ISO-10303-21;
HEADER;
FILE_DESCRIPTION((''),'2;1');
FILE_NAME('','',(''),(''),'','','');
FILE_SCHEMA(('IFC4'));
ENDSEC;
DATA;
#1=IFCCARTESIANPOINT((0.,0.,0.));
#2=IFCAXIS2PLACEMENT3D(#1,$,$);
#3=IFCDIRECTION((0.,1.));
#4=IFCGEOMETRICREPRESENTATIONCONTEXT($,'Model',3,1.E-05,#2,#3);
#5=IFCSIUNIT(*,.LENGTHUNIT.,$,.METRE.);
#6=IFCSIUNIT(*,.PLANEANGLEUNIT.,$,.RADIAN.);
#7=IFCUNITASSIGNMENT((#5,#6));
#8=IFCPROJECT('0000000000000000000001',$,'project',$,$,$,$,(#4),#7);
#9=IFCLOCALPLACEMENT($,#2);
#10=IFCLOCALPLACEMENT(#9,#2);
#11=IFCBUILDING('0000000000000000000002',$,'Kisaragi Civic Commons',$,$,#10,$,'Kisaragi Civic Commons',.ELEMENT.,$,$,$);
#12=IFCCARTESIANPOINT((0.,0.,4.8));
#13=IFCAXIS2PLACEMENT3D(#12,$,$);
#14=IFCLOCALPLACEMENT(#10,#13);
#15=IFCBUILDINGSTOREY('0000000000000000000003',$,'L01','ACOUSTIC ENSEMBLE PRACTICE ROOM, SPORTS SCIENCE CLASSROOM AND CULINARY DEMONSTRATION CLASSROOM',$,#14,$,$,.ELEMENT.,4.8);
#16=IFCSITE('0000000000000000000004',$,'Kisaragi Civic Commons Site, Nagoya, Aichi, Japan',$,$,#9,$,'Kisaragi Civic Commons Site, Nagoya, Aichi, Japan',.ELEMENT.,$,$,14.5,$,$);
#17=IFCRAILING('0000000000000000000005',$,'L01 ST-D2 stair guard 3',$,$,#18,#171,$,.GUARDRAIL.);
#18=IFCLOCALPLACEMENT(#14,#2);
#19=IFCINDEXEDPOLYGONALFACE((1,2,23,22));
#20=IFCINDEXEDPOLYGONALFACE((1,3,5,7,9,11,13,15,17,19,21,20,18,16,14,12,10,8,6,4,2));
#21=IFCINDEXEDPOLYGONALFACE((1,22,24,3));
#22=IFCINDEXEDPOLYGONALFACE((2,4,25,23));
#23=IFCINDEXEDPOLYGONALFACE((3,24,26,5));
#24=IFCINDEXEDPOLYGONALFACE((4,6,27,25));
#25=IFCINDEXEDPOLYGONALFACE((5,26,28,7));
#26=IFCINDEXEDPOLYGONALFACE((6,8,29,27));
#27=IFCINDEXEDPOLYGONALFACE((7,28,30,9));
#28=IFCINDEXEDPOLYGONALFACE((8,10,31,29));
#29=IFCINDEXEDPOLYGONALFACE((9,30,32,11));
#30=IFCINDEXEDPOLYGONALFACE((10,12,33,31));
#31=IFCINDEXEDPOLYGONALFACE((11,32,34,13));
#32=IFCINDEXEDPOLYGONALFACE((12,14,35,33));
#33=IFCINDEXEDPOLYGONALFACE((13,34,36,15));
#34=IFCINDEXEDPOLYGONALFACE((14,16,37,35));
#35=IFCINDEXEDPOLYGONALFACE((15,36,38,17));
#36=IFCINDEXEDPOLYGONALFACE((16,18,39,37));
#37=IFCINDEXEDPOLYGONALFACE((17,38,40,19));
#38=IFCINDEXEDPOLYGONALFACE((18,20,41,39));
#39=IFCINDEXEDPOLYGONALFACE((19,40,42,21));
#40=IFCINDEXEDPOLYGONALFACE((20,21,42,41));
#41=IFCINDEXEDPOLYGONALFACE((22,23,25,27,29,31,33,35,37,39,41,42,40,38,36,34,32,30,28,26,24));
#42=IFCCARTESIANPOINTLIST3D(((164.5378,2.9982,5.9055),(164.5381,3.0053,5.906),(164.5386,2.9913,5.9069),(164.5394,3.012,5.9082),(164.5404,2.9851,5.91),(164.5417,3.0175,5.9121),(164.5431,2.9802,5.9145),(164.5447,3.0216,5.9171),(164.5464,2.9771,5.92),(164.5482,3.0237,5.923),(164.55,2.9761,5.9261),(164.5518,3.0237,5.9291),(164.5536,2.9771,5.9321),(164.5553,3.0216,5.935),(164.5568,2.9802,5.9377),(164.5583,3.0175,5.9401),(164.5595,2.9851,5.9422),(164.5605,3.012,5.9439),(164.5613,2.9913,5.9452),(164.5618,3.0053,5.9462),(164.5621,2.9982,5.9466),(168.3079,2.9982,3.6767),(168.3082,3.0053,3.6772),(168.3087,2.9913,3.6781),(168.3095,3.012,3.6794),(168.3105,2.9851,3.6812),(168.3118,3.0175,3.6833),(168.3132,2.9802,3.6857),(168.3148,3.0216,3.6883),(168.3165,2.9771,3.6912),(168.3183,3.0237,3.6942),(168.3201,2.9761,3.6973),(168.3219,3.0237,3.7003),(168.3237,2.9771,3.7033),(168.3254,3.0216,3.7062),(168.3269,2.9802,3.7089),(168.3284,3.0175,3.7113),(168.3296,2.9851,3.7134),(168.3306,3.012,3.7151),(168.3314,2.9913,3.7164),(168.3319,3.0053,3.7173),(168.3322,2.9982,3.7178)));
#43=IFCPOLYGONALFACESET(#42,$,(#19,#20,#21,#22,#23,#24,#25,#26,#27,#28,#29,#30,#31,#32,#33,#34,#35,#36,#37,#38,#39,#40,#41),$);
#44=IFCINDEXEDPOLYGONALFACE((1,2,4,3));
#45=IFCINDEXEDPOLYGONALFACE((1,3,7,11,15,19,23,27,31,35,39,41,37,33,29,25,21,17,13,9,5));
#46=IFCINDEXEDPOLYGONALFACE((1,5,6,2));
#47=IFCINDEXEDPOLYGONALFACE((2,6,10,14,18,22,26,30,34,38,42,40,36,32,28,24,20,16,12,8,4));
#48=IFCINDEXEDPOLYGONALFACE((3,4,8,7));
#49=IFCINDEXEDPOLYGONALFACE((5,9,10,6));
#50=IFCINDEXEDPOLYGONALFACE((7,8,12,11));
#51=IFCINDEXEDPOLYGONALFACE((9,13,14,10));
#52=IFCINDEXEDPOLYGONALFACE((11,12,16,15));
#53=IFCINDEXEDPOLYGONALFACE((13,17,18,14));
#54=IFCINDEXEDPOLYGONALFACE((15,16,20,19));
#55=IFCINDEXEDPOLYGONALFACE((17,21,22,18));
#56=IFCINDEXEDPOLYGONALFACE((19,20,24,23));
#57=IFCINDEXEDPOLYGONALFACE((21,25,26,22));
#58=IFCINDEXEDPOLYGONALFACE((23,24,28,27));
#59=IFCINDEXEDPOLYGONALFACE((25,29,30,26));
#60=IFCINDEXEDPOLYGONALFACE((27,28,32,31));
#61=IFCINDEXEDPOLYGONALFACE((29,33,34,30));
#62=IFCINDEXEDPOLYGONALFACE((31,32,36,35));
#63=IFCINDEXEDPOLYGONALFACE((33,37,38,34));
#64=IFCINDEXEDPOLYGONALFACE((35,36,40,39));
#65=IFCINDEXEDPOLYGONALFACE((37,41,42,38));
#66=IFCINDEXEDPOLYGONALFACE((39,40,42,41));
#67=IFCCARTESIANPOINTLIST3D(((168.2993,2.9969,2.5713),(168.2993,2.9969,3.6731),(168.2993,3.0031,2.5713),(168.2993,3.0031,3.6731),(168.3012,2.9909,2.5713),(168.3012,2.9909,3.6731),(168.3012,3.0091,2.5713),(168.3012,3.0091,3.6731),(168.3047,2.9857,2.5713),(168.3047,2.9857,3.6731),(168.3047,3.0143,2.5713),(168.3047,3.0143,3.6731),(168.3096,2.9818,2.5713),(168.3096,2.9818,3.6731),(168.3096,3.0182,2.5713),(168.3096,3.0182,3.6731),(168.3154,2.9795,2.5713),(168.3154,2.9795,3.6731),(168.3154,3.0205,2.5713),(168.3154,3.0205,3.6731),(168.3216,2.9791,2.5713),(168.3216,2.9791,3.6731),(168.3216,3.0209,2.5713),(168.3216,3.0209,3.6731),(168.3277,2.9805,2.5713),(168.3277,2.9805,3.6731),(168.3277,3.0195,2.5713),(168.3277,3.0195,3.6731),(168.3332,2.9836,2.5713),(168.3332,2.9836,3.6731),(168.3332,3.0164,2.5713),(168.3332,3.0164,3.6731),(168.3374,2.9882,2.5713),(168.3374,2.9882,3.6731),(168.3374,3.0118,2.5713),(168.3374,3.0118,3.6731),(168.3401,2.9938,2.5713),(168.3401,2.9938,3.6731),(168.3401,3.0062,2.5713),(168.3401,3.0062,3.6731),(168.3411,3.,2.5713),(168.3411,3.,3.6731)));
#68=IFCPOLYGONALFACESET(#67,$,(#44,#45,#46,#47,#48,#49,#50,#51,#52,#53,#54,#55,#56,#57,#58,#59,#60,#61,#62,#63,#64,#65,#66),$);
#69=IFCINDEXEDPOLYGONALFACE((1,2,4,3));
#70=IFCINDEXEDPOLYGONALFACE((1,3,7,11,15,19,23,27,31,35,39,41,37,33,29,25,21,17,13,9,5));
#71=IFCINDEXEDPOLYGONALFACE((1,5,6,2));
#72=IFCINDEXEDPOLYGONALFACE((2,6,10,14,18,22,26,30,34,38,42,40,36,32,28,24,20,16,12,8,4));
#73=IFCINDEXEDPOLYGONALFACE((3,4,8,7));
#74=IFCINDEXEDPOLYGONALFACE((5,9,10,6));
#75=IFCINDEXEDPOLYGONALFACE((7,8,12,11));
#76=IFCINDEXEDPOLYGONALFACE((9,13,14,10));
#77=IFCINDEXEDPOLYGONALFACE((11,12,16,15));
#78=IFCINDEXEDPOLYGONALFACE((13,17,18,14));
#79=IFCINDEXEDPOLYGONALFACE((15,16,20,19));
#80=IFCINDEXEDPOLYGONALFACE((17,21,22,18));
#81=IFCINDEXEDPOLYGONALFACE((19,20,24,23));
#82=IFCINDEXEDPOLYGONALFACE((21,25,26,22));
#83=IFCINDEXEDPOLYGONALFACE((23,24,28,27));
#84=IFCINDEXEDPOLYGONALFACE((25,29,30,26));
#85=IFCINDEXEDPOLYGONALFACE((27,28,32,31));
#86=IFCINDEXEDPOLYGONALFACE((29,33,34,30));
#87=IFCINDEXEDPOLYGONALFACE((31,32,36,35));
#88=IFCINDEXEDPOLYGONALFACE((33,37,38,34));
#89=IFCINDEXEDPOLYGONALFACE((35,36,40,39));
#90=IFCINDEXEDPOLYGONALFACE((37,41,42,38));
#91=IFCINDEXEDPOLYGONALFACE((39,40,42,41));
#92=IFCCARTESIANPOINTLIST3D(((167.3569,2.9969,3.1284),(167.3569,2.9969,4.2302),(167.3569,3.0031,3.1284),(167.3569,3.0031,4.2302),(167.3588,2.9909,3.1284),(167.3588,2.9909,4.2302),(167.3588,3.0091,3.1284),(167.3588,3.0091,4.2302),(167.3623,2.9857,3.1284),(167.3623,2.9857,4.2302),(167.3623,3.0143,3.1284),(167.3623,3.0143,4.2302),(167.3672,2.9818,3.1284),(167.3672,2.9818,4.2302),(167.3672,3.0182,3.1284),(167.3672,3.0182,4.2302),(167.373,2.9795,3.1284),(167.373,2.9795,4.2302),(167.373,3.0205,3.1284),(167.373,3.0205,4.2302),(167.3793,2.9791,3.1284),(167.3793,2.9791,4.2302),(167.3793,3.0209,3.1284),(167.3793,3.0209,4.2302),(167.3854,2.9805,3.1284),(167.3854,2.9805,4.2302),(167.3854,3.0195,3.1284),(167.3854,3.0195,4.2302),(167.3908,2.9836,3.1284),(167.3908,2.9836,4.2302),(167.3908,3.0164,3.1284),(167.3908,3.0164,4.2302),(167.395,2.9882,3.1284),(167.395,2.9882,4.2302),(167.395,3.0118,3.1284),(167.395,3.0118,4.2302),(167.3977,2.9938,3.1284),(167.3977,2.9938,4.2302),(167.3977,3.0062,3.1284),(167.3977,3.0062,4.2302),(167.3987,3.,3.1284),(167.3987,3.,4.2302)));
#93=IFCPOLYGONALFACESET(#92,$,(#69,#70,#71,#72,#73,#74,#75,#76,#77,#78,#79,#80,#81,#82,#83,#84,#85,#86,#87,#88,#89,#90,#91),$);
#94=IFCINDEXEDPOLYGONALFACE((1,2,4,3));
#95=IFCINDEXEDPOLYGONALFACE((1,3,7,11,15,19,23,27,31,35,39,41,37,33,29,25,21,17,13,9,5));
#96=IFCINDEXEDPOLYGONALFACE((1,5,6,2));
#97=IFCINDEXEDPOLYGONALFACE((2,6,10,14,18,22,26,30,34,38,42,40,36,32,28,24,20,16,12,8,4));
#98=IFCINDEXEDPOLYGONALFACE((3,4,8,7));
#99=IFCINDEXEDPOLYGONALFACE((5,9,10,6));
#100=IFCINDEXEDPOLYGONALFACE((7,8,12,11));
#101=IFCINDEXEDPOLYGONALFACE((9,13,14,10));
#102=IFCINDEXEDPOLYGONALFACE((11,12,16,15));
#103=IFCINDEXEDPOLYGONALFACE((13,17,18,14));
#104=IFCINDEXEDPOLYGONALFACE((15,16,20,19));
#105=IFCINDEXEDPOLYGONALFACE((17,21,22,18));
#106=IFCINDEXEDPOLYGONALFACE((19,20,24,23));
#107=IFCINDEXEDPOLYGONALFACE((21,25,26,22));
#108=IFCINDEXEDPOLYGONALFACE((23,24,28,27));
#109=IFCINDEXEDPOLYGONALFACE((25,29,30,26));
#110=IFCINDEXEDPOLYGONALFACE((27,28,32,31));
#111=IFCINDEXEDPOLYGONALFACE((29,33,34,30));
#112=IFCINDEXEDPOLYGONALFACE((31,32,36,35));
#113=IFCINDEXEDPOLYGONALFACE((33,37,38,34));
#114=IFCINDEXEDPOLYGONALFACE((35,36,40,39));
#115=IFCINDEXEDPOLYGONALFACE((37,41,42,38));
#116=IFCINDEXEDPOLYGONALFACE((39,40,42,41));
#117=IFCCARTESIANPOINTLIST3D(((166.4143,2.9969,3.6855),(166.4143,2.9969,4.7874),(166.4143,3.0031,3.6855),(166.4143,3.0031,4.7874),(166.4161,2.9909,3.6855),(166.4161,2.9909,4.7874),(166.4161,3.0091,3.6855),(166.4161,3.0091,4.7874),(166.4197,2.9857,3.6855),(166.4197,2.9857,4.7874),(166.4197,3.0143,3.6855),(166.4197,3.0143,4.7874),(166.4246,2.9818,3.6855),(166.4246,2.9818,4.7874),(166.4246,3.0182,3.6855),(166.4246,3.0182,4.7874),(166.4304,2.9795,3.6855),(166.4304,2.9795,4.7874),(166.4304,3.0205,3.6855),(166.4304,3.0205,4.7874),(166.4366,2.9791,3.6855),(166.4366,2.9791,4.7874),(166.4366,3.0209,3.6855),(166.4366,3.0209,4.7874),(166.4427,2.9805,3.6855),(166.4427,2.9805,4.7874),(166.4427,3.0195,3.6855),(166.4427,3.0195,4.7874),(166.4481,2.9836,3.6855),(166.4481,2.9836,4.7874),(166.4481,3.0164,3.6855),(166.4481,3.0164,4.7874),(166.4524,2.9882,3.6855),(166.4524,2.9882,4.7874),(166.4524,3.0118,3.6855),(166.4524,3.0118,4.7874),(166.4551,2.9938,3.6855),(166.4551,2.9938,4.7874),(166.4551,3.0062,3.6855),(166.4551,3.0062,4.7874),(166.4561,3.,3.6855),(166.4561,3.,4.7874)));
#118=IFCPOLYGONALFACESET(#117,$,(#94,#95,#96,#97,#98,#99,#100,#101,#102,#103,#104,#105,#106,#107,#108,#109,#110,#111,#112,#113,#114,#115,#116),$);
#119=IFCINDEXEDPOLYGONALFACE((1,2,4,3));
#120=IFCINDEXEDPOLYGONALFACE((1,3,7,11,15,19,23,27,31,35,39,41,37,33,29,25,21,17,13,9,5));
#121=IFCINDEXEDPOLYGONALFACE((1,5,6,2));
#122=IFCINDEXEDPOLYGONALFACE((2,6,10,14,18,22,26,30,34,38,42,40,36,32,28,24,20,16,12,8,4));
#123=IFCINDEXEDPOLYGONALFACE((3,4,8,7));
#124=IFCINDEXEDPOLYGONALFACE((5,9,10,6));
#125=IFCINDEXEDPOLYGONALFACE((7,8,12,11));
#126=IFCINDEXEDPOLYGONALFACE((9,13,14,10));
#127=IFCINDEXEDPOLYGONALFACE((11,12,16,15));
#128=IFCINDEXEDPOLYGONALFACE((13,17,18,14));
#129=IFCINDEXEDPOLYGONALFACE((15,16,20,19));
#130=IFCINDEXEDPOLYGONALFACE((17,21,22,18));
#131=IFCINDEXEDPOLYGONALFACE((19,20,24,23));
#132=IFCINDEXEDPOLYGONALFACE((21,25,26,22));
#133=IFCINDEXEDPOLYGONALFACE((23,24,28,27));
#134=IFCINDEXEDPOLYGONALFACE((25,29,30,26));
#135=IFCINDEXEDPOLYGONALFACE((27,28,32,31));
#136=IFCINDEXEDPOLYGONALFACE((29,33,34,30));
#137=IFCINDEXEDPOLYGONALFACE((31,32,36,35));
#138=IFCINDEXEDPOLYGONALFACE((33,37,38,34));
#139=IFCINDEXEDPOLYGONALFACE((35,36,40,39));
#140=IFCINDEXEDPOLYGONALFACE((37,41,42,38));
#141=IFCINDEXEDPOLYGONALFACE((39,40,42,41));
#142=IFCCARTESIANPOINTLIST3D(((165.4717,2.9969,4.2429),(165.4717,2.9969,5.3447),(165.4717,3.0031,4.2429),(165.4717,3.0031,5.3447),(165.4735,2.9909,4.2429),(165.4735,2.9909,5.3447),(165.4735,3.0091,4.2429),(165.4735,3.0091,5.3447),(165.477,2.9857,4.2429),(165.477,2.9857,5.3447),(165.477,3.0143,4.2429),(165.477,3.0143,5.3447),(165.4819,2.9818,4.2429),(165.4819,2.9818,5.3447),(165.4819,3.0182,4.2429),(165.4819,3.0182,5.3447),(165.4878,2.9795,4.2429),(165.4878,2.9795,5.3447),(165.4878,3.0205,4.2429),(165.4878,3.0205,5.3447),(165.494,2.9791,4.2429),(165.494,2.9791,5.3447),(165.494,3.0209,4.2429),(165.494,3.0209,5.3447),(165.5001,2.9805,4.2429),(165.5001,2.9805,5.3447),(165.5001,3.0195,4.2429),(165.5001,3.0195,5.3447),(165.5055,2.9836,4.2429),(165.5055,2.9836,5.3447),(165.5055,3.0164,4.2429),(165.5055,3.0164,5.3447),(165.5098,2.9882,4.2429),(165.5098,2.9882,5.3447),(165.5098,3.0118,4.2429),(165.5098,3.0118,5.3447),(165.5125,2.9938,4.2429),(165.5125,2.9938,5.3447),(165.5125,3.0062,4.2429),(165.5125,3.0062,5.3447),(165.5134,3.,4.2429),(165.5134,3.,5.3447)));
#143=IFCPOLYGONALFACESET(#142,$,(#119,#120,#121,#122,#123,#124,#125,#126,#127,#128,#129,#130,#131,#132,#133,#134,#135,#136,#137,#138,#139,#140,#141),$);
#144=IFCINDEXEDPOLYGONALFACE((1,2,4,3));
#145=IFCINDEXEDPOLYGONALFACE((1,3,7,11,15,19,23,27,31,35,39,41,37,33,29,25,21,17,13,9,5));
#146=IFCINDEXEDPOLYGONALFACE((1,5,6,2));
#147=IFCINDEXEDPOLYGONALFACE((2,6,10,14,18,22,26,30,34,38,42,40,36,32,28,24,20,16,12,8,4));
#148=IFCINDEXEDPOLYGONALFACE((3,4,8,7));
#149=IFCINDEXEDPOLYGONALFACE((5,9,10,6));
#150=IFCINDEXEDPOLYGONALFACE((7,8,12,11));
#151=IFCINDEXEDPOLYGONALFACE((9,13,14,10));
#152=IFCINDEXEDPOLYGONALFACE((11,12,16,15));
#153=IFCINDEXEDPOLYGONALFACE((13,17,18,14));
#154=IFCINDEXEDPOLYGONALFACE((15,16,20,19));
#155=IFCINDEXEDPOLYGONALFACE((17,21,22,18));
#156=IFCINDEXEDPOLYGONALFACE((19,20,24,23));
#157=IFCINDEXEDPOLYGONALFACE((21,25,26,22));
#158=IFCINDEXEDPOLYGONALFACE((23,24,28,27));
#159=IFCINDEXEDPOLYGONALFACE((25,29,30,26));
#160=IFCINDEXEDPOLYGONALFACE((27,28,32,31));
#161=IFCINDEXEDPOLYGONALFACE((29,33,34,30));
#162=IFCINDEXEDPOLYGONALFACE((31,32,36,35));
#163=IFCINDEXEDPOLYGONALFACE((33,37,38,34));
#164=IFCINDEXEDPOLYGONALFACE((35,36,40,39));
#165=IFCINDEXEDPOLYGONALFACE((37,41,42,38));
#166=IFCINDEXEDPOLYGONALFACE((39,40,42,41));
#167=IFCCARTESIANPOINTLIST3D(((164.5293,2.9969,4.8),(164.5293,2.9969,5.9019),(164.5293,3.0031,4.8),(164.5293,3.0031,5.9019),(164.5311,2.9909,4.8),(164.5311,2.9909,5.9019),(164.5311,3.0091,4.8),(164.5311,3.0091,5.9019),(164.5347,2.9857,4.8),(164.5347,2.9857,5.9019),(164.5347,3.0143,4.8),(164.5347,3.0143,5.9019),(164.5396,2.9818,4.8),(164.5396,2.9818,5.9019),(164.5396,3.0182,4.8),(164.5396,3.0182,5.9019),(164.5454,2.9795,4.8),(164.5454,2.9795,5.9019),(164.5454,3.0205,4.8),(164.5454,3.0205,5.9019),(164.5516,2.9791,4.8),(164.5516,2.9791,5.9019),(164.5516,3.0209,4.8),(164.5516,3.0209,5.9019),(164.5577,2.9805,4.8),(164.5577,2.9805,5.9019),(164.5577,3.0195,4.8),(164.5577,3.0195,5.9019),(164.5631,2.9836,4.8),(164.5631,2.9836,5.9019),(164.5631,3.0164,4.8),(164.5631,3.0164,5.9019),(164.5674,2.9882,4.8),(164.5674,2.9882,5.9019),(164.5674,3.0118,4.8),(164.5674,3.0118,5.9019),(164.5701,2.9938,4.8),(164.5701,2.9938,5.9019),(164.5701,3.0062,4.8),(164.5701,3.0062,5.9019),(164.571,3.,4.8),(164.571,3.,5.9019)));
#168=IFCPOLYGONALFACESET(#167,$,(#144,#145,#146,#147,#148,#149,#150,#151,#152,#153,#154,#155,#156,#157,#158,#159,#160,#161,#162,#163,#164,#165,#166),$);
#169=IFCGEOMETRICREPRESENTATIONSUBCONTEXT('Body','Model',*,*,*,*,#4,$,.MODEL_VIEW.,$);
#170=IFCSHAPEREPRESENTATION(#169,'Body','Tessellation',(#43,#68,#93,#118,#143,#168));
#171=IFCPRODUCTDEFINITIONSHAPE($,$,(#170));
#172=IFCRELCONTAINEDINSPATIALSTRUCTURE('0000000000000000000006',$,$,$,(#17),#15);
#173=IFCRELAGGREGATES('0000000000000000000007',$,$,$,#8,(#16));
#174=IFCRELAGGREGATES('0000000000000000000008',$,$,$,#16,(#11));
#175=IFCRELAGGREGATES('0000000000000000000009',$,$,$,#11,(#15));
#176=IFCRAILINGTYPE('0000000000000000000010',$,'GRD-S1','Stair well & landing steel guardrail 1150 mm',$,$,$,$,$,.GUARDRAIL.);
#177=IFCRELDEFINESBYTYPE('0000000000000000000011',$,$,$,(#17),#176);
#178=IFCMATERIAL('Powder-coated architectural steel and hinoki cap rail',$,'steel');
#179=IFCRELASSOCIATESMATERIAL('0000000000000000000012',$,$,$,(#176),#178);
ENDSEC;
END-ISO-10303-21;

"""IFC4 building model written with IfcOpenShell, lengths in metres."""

from ifc_helpers import new_model, si_unit, direction, frame, origin, origin_2d, place, context, subcontext, project, spatial, circle, extrude, material, type_object, element, save


model = new_model("IFC4")

# Units and contexts
model_context = context("Model", 3, precision=1e-05, world=origin(), true_north=direction((0.0, 1.0)))
body_context = subcontext(model_context, "Body", "Model", "MODEL_VIEW")
ifc_project = project(units=[si_unit("LENGTHUNIT", "METRE"), si_unit("PLANEANGLEUNIT", "RADIAN")], contexts=[model_context])

# Site, building, storey
site_placement = place(None, origin())
site = spatial("IfcSite", under=ifc_project, at=site_placement, Name="Kisaragi Civic Commons Site, Nagoya, Aichi, Japan", LongName="Kisaragi Civic Commons Site, Nagoya, Aichi, Japan", CompositionType="ELEMENT", RefElevation=14.5)
building_placement = place(site_placement, origin())
building = spatial("IfcBuilding", under=site, at=building_placement, Name="Kisaragi Civic Commons", LongName="Kisaragi Civic Commons", CompositionType="ELEMENT")
storey_placement = place(building_placement, frame((0.0, 0.0, 4.8)))
storey = spatial("IfcBuildingStorey", under=building, at=storey_placement, Name="L01", Description="ACOUSTIC ENSEMBLE PRACTICE ROOM, SPORTS SCIENCE CLASSROOM AND CULINARY DEMONSTRATION CLASSROOM", CompositionType="ELEMENT", Elevation=4.8)

# Railing
ifc_material_1 = material(Name="Powder-coated architectural steel and hinoki cap rail", Category="steel")
railing_type_1 = type_object("IfcRailingType", Name="GRD-S1", Description="Stair well & landing steel guardrail 1150 mm", PredefinedType="GUARDRAIL", material=ifc_material_1)
railing_1_placement = place(storey_placement, frame((168.3201, 3.0, 2.5713)))
element("IfcRailing", 1, at=railing_1_placement, inside=storey, type_object=railing_type_1, Name="L01 ST-D2 stair guard 3", PredefinedType="GUARDRAIL", context=body_context, shape_type="SweptSolid", body=[
    extrude(circle(Radius=0.0239, at=origin_2d()), frame((0.0, 0.0, 1.126), z_axis=(-0.860824, 0.0, 0.508902), x_axis=(0.0, -1.0, 0.0)), (0.0, 0.0, 1.0), 4.3796),
    extrude(circle(Radius=0.021, at=origin_2d()), origin(), (0.0, 0.0, 1.0), 1.1018),
    extrude(circle(Radius=0.021, at=origin_2d()), frame((-0.9424, 0.0, 0.5571)), (0.0, 0.0, 1.0), 1.1018),
    extrude(circle(Radius=0.021, at=origin_2d()), frame((-1.885, 0.0, 1.1143)), (0.0, 0.0, 1.0), 1.1018),
    extrude(circle(Radius=0.021, at=origin_2d()), frame((-2.8276, 0.0, 1.6716)), (0.0, 0.0, 1.0), 1.1018),
    extrude(circle(Radius=0.021, at=origin_2d()), frame((-3.77, 0.0, 2.2288)), (0.0, 0.0, 1.0), 1.1018),
])

save(model, "model.ifc")
